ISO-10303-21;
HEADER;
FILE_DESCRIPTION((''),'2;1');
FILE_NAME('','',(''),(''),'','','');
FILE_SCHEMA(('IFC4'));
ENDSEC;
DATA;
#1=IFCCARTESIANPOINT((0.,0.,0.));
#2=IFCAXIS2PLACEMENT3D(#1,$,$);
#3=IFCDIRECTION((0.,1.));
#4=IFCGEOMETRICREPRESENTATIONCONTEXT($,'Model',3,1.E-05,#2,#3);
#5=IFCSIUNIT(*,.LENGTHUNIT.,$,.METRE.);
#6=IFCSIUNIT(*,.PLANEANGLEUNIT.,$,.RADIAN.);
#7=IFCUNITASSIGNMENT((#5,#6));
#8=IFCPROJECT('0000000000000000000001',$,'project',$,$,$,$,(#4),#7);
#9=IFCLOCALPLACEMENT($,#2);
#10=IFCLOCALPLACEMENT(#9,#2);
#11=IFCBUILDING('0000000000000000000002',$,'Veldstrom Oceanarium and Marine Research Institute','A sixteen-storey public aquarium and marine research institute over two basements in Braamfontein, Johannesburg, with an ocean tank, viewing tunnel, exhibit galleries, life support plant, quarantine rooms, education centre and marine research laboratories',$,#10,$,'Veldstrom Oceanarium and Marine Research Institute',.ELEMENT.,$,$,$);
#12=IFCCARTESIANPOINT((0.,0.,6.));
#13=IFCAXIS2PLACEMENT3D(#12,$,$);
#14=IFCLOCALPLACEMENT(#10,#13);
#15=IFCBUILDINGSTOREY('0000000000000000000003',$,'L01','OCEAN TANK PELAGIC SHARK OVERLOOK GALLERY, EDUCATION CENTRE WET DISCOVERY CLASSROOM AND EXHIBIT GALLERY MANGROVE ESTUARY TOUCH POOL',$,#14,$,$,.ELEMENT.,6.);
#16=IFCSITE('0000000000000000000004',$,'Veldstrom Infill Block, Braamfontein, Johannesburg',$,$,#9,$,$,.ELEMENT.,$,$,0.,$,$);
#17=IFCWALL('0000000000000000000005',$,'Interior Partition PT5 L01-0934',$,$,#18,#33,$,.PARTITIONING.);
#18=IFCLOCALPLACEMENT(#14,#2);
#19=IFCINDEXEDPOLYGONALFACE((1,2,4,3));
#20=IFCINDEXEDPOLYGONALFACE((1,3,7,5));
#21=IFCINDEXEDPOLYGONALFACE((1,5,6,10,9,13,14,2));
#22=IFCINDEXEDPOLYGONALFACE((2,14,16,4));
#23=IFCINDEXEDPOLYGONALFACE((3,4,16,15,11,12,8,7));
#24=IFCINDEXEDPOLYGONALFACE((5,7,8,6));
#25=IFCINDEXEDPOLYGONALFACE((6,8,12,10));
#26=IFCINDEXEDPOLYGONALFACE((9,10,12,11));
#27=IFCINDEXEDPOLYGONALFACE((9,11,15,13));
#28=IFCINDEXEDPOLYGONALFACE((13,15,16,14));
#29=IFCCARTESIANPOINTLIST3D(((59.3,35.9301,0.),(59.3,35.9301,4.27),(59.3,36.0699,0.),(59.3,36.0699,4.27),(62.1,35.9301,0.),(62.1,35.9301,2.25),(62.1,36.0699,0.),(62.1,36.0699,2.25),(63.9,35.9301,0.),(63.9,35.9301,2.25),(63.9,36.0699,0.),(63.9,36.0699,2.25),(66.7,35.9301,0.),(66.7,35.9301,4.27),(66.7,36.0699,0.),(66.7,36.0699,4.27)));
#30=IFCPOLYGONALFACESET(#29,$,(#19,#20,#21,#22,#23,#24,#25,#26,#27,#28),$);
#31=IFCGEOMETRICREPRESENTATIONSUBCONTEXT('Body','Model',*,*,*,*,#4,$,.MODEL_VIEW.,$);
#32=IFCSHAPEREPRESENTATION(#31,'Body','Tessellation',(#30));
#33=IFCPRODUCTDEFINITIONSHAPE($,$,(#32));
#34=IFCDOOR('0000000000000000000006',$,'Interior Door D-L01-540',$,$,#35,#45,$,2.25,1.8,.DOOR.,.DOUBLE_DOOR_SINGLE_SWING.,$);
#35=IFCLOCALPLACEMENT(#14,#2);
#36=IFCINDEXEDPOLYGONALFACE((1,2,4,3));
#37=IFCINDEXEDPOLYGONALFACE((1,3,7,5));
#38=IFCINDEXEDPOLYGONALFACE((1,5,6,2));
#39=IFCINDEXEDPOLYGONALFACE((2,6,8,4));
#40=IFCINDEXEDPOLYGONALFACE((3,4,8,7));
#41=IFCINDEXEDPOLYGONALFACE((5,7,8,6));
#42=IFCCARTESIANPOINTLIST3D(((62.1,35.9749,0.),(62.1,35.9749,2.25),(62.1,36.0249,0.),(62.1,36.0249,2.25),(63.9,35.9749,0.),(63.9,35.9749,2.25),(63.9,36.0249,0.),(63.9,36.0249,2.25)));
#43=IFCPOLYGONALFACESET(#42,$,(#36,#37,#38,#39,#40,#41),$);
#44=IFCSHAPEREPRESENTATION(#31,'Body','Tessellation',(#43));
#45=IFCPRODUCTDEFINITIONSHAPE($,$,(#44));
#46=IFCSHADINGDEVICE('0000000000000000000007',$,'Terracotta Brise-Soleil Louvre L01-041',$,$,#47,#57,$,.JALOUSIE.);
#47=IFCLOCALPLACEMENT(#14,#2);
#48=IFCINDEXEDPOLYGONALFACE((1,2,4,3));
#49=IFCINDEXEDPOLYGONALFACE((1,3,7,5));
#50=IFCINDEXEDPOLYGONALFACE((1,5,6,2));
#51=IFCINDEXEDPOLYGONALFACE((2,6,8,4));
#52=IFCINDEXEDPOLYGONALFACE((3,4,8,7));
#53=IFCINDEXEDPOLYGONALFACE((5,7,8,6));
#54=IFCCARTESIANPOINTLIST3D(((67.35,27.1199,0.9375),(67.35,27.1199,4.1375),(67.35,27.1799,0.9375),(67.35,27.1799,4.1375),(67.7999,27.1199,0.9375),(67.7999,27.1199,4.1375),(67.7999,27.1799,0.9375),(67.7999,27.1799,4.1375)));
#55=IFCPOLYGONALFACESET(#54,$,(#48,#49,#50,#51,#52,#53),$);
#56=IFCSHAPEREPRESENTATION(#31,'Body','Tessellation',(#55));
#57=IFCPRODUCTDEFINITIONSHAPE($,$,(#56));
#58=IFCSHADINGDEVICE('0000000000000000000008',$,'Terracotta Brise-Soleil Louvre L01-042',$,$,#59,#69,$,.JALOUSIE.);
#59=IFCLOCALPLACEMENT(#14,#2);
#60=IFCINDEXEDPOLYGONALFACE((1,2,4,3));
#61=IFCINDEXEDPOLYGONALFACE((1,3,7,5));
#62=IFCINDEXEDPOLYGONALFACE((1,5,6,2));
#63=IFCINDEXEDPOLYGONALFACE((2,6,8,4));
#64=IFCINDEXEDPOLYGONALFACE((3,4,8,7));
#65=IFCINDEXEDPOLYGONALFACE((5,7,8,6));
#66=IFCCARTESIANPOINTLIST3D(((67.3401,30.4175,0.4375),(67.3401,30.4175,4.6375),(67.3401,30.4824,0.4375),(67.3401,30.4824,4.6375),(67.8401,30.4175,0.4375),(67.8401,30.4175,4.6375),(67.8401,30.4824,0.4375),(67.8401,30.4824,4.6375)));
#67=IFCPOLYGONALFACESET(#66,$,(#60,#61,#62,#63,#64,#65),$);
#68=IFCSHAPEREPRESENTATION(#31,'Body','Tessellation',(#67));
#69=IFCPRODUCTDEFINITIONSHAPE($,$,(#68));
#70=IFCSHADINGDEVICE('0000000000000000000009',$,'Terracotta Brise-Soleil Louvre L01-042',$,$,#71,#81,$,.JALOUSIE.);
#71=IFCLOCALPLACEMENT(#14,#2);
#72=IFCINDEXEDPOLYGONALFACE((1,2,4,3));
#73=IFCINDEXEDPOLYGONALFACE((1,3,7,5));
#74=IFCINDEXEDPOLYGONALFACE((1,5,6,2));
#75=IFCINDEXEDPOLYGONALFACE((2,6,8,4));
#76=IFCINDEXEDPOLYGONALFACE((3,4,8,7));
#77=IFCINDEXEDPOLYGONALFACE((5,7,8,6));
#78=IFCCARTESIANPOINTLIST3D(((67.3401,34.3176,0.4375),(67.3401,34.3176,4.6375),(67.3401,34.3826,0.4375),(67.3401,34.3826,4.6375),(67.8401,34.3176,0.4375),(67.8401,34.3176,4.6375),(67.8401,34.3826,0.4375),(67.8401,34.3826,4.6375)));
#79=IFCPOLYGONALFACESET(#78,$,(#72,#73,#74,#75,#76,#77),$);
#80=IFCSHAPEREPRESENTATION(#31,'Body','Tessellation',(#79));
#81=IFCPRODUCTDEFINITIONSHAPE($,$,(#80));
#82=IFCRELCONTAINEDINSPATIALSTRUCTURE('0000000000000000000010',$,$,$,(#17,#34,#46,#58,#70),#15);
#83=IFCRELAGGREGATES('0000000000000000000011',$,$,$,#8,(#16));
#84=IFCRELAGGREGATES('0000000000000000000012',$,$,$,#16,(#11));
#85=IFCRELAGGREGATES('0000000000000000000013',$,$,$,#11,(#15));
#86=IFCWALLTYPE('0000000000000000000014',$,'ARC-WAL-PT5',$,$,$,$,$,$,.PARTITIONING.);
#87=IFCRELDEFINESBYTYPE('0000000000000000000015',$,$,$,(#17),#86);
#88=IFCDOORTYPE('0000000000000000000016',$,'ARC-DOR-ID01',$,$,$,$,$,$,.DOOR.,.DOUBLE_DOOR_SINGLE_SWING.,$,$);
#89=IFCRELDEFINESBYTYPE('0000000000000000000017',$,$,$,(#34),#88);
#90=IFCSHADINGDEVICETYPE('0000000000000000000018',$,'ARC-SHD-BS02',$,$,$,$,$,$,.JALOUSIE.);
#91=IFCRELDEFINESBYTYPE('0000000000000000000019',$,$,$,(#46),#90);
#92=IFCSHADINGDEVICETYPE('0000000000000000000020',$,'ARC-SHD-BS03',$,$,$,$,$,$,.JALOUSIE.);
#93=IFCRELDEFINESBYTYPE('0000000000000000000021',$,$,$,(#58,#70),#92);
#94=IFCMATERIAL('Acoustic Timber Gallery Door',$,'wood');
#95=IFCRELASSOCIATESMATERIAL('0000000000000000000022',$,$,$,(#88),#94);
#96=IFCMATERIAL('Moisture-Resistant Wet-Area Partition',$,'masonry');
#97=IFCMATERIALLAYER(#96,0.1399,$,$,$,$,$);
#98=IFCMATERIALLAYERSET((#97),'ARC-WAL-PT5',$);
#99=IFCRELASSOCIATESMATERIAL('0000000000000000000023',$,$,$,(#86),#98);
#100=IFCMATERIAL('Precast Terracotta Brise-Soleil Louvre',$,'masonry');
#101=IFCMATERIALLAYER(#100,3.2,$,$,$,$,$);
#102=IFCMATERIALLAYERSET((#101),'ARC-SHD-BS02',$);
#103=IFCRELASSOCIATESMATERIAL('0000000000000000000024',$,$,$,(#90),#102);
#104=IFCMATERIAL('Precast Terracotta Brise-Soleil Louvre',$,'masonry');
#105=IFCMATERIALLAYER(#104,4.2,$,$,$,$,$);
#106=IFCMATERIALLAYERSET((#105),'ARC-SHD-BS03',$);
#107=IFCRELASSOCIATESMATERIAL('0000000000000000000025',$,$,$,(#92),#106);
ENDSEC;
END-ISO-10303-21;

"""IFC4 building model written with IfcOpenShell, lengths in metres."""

from ifc_helpers import new_model, si_unit, direction, frame, frame_2d, origin, origin_2d, place, context, subcontext, project, spatial, rectangle, extrude, material, layer, layer_set, type_object, element, fill, save


model = new_model("IFC4")

# Units and contexts
model_context = context("Model", 3, precision=1e-05, world=origin(), true_north=direction((0.0, 1.0)))
body_context = subcontext(model_context, "Body", "Model", "MODEL_VIEW")
ifc_project = project(units=[si_unit("LENGTHUNIT", "METRE"), si_unit("PLANEANGLEUNIT", "RADIAN")], contexts=[model_context])

# Site, building, storey
site_placement = place(None, origin())
site = spatial("IfcSite", under=ifc_project, at=site_placement, Name="Veldstrom Infill Block, Braamfontein, Johannesburg", CompositionType="ELEMENT", RefElevation=0.0)
building_placement = place(site_placement, origin())
building = spatial("IfcBuilding", under=site, at=building_placement, Name="Veldstrom Oceanarium and Marine Research Institute", Description="A sixteen-storey public aquarium and marine research institute over two basements in Braamfontein, Johannesburg, with an ocean tank, viewing tunnel, exhibit galleries, life support plant, quarantine rooms, education centre and marine research laboratories", LongName="Veldstrom Oceanarium and Marine Research Institute", CompositionType="ELEMENT")
storey_placement = place(building_placement, frame((0.0, 0.0, 6.0)))
storey = spatial("IfcBuildingStorey", under=building, at=storey_placement, Name="L01", Description="OCEAN TANK PELAGIC SHARK OVERLOOK GALLERY, EDUCATION CENTRE WET DISCOVERY CLASSROOM AND EXHIBIT GALLERY MANGROVE ESTUARY TOUCH POOL", CompositionType="ELEMENT", Elevation=6.0)

# Wall, opening, door
ifc_material_1 = material(Name="Acoustic Timber Gallery Door", Category="wood")
door_type_1 = type_object("IfcDoorType", Name="ARC-DOR-ID01", OperationType="DOUBLE_DOOR_SINGLE_SWING", PredefinedType="DOOR", material=ifc_material_1)
ifc_material_2 = material(Name="Moisture-Resistant Wet-Area Partition", Category="masonry")
ifc_layer_1 = layer(ifc_material_2, 0.1399)
ifc_layer_set_1 = layer_set([ifc_layer_1], Name="ARC-WAL-PT5")
wall_type_1 = type_object("IfcWallType", Name="ARC-WAL-PT5", PredefinedType="PARTITIONING", material=ifc_layer_set_1)
wall_1_placement = place(storey_placement, frame((59.3, 36.0, 0.0), z_axis=(0.0, 0.0, 1.0), x_axis=(1.0, 0.0, 0.0)))
wall_1 = element("IfcWall", 1, at=wall_1_placement, inside=storey, type_object=wall_type_1, Name="Interior Partition PT5 L01-0934", PredefinedType="PARTITIONING", context=body_context, shape_type="SweptSolid", body=[
    extrude(rectangle(XDim=7.3999, YDim=0.1399, at=frame_2d((3.7, 0.0))), origin(), (0.0, 0.0, 1.0), 4.27),
])
opening_1_placement = place(wall_1_placement, frame((2.8, 0.0, 0.0)))
opening_1 = element("IfcOpeningElement", 2, at=opening_1_placement, cuts=wall_1, PredefinedType="OPENING", context=body_context, shape_type="SweptSolid", body=[
    extrude(rectangle(XDim=1.8, YDim=2.25, at=frame_2d((0.8999, 1.125))), frame((0.0, 0.0798, 0.0), z_axis=(0.0, -1.0, 0.0), x_axis=(1.0, 0.0, 0.0)), (0.0, 0.0, 1.0), 0.1599),
])
door_1_placement = place(opening_1_placement, origin())
door_1 = element("IfcDoor", 3, at=door_1_placement, inside=storey, type_object=door_type_1, Name="Interior Door D-L01-540", OperationType="DOUBLE_DOOR_SINGLE_SWING", OverallHeight=2.25, OverallWidth=1.8, PredefinedType="DOOR", context=body_context, shape_type="SweptSolid", body=[
    extrude(rectangle(XDim=1.8, YDim=2.25, at=frame_2d((0.8999, 1.125))), frame((0.0, 0.0249, 0.0), z_axis=(0.0, -1.0, 0.0), x_axis=(1.0, 0.0, 0.0)), (0.0, 0.0, 1.0), 0.05),
])
fill(opening_1, door_1)

# Shading devices
ifc_material_3 = material(Name="Precast Terracotta Brise-Soleil Louvre", Category="masonry")
ifc_layer_2 = layer(ifc_material_3, 3.2)
ifc_layer_set_2 = layer_set([ifc_layer_2], Name="ARC-SHD-BS02")
shading_device_type_1 = type_object("IfcShadingDeviceType", Name="ARC-SHD-BS02", PredefinedType="JALOUSIE", material=ifc_layer_set_2)
shading_device_placement = place(storey_placement, frame((67.575, 27.1499, 0.9375), z_axis=(0.0, 0.0, 1.0), x_axis=(1.0, 0.0, 0.0)))
element("IfcShadingDevice", 4, at=shading_device_placement, inside=storey, type_object=shading_device_type_1, Name="Terracotta Brise-Soleil Louvre L01-041", PredefinedType="JALOUSIE", context=body_context, shape_type="SweptSolid", body=[
    extrude(rectangle(XDim=0.45, YDim=0.0601, at=origin_2d()), origin(), (0.0, 0.0, 1.0), 3.2),
])
ifc_material_4 = material(Name="Precast Terracotta Brise-Soleil Louvre", Category="masonry")
ifc_layer_3 = layer(ifc_material_4, 4.2)
ifc_layer_set_3 = layer_set([ifc_layer_3], Name="ARC-SHD-BS03")
shading_device_type_2 = type_object("IfcShadingDeviceType", Name="ARC-SHD-BS03", PredefinedType="JALOUSIE", material=ifc_layer_set_3)
for number, where, z_axis, x_axis, name in (
    (5, (67.5901, 30.45, 0.4375), (0.0, 0.0, 1.0), (1.0, 0.0, 0.0), "Terracotta Brise-Soleil Louvre L01-042"),
    (6, (67.5901, 34.3501, 0.4375), (0.0, 0.0, 1.0), (1.0, 0.0, 0.0), "Terracotta Brise-Soleil Louvre L01-042"),
):
    element("IfcShadingDevice", number, at=place(storey_placement, frame(where, z_axis=z_axis, x_axis=x_axis)), inside=storey, type_object=shading_device_type_2, Name=name, PredefinedType="JALOUSIE", context=body_context, shape_type="SweptSolid", body=[
        extrude(rectangle(XDim=0.5, YDim=0.0649, at=origin_2d()), origin(), (0.0, 0.0, 1.0), 4.2),
    ])

save(model, "model.ifc")
